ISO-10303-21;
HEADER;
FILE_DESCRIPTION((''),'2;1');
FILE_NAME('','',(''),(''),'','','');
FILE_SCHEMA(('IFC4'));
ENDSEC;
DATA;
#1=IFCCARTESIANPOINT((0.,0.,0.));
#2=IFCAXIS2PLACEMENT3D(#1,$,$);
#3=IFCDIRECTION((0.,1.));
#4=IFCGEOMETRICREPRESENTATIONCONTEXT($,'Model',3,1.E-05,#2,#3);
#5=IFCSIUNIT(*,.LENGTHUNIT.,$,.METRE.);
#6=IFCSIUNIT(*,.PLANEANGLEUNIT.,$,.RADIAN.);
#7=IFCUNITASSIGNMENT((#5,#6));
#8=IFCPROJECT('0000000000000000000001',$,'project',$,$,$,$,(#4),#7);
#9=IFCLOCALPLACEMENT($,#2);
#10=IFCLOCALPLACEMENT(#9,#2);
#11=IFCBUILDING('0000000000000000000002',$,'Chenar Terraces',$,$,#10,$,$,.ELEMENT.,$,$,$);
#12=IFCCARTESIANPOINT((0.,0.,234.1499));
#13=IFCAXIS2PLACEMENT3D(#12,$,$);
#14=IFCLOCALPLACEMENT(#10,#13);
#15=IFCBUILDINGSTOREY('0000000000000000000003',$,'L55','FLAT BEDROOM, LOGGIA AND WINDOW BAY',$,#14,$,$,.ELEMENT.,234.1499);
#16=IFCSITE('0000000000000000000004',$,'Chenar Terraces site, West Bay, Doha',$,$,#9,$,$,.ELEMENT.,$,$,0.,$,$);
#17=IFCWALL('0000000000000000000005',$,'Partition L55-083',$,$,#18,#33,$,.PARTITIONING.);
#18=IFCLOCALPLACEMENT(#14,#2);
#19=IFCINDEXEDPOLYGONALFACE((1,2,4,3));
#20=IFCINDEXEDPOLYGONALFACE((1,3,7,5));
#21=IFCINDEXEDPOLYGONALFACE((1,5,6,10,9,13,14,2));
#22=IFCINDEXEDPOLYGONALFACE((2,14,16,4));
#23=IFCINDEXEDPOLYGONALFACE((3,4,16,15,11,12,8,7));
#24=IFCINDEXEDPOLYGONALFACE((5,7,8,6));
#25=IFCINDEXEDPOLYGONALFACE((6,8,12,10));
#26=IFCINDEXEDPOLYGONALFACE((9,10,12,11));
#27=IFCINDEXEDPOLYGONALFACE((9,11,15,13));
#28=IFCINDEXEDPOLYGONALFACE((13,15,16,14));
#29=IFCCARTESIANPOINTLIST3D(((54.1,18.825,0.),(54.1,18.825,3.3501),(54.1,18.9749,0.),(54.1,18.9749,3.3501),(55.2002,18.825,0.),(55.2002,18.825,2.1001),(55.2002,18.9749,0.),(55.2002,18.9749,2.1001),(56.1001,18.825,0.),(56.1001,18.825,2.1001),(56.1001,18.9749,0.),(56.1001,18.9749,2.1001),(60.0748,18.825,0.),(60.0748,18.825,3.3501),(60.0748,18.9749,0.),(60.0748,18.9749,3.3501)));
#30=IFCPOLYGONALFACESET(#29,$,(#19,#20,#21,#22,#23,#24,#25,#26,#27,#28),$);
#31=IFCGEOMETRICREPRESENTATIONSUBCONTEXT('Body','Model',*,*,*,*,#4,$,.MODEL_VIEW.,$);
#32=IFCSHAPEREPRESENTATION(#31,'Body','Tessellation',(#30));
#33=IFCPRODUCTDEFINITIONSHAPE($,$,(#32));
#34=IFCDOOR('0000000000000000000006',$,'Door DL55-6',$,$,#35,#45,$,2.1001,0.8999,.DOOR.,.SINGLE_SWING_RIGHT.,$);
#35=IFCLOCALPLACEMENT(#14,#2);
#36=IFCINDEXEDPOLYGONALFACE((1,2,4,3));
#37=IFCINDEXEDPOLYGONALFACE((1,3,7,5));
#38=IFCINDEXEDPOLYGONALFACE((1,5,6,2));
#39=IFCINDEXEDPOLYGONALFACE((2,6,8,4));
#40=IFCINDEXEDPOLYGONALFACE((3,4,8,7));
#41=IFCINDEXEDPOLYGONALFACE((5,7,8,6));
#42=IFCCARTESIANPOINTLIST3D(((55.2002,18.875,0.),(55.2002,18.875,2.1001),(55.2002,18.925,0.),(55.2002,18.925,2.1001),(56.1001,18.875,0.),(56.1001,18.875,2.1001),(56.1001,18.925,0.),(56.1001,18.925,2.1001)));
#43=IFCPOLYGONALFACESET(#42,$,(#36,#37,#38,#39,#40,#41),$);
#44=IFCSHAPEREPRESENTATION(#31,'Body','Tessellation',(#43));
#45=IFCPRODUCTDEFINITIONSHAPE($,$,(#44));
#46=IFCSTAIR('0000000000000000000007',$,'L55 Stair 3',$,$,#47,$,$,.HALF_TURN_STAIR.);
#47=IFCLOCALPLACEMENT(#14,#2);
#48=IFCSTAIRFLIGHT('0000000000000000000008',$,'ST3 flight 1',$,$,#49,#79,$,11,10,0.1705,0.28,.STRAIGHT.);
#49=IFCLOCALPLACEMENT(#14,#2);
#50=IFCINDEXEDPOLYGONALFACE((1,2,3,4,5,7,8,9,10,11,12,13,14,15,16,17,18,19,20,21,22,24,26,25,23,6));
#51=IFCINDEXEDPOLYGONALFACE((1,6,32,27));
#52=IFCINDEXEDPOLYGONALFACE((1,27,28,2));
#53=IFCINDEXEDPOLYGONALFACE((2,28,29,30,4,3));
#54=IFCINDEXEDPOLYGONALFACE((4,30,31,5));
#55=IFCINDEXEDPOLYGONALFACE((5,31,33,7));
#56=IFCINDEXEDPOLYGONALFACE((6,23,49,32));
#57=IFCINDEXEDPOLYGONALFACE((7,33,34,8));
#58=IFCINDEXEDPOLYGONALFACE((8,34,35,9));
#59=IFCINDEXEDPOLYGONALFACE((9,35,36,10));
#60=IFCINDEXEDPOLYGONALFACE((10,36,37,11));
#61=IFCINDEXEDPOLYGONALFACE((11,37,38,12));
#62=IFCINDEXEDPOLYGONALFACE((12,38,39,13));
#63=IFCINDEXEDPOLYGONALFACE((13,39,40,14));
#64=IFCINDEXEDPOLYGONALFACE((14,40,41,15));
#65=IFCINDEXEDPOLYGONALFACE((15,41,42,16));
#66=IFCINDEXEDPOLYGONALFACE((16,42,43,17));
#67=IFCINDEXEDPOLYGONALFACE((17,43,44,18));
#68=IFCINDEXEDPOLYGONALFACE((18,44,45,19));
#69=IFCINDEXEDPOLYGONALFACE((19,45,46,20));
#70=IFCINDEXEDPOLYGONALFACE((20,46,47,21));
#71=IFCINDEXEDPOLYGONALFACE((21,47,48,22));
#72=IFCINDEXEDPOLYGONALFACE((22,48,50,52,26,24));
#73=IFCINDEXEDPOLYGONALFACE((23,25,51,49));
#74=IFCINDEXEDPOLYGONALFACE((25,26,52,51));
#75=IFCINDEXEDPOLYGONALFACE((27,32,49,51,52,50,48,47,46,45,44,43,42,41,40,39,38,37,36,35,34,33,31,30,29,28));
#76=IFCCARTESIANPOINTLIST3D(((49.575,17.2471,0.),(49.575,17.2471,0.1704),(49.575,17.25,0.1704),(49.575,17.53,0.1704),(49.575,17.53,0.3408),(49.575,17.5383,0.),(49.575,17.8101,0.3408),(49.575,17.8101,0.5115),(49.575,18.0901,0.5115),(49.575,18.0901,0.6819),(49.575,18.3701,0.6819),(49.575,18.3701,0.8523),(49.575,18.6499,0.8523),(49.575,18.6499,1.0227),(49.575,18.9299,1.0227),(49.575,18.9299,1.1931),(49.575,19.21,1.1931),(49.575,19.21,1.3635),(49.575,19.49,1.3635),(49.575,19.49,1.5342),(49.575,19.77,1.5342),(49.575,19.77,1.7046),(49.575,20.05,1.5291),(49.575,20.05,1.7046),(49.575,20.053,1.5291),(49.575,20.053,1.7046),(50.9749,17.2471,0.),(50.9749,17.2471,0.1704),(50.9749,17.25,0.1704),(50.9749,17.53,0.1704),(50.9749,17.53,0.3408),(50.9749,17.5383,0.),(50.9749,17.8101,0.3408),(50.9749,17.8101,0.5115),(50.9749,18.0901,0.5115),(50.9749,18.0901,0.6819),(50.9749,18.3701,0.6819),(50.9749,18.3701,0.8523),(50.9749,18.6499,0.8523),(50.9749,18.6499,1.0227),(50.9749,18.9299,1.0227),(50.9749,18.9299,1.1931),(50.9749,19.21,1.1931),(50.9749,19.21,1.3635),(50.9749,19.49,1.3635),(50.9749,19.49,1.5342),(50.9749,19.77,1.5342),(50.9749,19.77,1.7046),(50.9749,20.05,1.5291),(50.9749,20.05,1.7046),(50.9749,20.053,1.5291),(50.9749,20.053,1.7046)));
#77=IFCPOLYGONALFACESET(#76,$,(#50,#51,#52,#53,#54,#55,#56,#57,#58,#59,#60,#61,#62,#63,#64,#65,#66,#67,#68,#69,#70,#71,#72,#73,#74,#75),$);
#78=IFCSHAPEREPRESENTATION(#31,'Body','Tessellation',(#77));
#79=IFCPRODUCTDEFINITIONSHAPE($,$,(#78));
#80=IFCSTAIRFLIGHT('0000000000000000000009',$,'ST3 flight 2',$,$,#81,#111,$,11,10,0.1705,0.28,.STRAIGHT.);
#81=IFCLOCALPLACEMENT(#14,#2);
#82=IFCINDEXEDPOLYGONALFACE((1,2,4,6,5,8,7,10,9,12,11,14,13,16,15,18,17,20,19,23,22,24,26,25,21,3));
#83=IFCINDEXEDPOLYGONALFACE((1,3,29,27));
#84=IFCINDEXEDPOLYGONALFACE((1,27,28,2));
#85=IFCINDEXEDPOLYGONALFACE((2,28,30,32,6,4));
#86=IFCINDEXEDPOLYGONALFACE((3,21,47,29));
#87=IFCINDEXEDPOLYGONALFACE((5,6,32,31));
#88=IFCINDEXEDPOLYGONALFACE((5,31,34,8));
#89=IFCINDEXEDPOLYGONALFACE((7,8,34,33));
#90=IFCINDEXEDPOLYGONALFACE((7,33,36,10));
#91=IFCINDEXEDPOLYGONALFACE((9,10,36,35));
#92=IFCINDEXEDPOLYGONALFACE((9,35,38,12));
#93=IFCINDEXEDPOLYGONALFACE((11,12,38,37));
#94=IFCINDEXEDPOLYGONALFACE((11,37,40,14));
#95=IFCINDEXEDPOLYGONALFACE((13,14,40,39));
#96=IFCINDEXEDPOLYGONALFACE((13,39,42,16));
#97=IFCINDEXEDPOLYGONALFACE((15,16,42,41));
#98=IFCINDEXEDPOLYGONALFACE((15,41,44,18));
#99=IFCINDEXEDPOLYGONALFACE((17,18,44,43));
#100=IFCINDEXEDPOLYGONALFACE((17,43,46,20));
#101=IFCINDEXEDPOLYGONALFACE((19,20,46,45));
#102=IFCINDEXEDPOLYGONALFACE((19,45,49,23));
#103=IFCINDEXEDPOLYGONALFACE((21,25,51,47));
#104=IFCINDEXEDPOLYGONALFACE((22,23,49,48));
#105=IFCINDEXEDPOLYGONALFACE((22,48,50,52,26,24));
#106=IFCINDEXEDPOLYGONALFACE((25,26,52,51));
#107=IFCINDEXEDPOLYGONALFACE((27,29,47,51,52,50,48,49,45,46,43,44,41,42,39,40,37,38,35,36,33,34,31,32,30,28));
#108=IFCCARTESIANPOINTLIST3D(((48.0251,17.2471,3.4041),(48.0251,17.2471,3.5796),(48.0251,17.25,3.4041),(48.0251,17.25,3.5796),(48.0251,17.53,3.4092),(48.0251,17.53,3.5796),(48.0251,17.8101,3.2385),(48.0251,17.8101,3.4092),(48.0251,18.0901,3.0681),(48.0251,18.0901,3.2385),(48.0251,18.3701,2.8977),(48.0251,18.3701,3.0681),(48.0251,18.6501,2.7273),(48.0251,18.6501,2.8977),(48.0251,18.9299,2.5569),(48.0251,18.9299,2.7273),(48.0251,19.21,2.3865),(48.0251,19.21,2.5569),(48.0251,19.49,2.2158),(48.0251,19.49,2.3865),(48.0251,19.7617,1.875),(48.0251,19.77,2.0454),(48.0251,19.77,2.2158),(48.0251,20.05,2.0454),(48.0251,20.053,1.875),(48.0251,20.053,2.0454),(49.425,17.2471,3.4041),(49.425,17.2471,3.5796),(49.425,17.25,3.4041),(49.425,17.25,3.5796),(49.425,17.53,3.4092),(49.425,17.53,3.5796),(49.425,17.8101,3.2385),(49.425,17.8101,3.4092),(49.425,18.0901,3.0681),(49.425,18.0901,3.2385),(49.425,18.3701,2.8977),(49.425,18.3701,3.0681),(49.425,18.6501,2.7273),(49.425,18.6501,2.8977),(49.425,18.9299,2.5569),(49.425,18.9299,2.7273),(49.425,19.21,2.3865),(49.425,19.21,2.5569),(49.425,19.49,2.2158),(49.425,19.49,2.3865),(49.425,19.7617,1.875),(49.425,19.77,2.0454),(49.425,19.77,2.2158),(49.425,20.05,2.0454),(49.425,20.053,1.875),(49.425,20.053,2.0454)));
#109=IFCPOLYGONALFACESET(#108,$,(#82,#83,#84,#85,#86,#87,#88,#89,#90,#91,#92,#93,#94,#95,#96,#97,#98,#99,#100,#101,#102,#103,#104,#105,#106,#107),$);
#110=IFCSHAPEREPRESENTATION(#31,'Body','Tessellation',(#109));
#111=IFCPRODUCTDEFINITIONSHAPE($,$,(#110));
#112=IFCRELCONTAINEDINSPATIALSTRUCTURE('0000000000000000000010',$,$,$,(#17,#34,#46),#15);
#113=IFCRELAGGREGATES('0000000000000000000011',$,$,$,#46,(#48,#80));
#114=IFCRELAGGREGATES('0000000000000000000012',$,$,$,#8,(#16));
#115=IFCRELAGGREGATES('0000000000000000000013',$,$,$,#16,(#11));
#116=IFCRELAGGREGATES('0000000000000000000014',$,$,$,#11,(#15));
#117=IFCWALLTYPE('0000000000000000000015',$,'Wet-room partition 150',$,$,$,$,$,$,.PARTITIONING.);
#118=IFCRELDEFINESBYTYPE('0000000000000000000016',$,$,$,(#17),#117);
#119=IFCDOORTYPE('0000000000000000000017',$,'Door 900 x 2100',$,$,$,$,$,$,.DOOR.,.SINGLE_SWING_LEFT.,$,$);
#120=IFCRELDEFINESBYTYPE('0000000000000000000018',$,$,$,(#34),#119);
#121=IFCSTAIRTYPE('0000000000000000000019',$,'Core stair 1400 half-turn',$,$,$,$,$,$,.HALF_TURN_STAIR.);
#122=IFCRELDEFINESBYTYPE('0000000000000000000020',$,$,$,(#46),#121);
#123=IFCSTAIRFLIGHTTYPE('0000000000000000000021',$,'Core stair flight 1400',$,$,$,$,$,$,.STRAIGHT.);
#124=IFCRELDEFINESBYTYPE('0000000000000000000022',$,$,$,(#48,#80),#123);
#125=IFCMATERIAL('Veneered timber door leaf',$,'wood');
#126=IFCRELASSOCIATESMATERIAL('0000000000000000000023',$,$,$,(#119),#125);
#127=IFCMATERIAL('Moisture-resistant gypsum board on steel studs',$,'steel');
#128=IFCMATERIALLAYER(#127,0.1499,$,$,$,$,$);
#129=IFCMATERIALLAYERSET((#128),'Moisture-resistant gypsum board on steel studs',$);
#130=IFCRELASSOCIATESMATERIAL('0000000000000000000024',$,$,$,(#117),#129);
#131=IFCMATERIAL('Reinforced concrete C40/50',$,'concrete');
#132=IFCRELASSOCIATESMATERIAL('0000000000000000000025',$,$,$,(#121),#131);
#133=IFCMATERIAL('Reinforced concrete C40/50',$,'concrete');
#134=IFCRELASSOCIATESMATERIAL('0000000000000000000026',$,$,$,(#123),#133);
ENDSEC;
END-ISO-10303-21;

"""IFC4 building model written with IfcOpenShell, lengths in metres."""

from ifc_helpers import new_model, si_unit, direction, frame, frame_2d, origin, place, context, subcontext, project, spatial, polyline, rectangle, outline, extrude, material, layer, layer_set, type_object, element, fill, aggregate, save


model = new_model("IFC4")

# Units and contexts
model_context = context("Model", 3, precision=1e-05, world=origin(), true_north=direction((0.0, 1.0)))
body_context = subcontext(model_context, "Body", "Model", "MODEL_VIEW")
ifc_project = project(units=[si_unit("LENGTHUNIT", "METRE"), si_unit("PLANEANGLEUNIT", "RADIAN")], contexts=[model_context])

# Site, building, storey
site_placement = place(None, origin())
site = spatial("IfcSite", under=ifc_project, at=site_placement, Name="Chenar Terraces site, West Bay, Doha", CompositionType="ELEMENT", RefElevation=0.0)
building_placement = place(site_placement, origin())
building = spatial("IfcBuilding", under=site, at=building_placement, Name="Chenar Terraces", CompositionType="ELEMENT")
storey_placement = place(building_placement, frame((0.0, 0.0, 234.1499)))
storey = spatial("IfcBuildingStorey", under=building, at=storey_placement, Name="L55", Description="FLAT BEDROOM, LOGGIA AND WINDOW BAY", CompositionType="ELEMENT", Elevation=234.1499)

# Shared definitions
ifc_material_1 = material(Name="Veneered timber door leaf", Category="wood")
door_type_1 = type_object("IfcDoorType", Name="Door 900 x 2100", OperationType="SINGLE_SWING_LEFT", PredefinedType="DOOR", material=ifc_material_1)

# Wall, opening, door
ifc_material_2 = material(Name="Moisture-resistant gypsum board on steel studs", Category="steel")
ifc_layer_1 = layer(ifc_material_2, 0.1499)
ifc_layer_set_1 = layer_set([ifc_layer_1], Name="Moisture-resistant gypsum board on steel studs")
wall_type_1 = type_object("IfcWallType", Name="Wet-room partition 150", PredefinedType="PARTITIONING", material=ifc_layer_set_1)
wall_1_placement = place(storey_placement, frame((54.1001, 18.8999, 0.0), z_axis=(0.0, 0.0, 1.0), x_axis=(1.0, 0.0, 0.0)))
wall_1 = element("IfcWall", 1, at=wall_1_placement, inside=storey, type_object=wall_type_1, Name="Partition L55-083", PredefinedType="PARTITIONING", context=body_context, shape_type="SweptSolid", body=[
    extrude(rectangle(XDim=5.9749, YDim=0.1499, at=frame_2d((2.9873, 0.0))), origin(), (0.0, 0.0, 1.0), 3.3501),
])
opening_1_placement = place(wall_1_placement, frame((1.1001, 0.0, 0.0)))
opening_1 = element("IfcOpeningElement", 2, at=opening_1_placement, cuts=wall_1, PredefinedType="OPENING", context=body_context, shape_type="SweptSolid", body=[
    extrude(rectangle(XDim=0.8999, YDim=2.1001, at=frame_2d((0.45, 1.05))), frame((0.0, 0.085, 0.0), z_axis=(0.0, -1.0, 0.0), x_axis=(1.0, 0.0, 0.0)), (0.0, 0.0, 1.0), 0.1699),
])
door_1_placement = place(opening_1_placement, frame((0.8999, 0.0, 0.0), z_axis=(0.0, 0.0, 1.0), x_axis=(-1.0, 0.0, 0.0)))
door_1 = element("IfcDoor", 3, at=door_1_placement, inside=storey, type_object=door_type_1, Name="Door DL55-6", OperationType="SINGLE_SWING_RIGHT", OverallHeight=2.1001, OverallWidth=0.8999, PredefinedType="DOOR", context=body_context, shape_type="SweptSolid", body=[
    extrude(rectangle(XDim=0.8999, YDim=2.1001, at=frame_2d((0.45, 1.05))), frame((0.0, 0.0249, 0.0), z_axis=(0.0, -1.0, 0.0), x_axis=(1.0, 0.0, 0.0)), (0.0, 0.0, 1.0), 0.05),
])
fill(opening_1, door_1)

# Stair, stair flights
ifc_material_3 = material(Name="Reinforced concrete C40/50", Category="concrete")
stair_type = type_object("IfcStairType", Name="Core stair 1400 half-turn", PredefinedType="HALF_TURN_STAIR", material=ifc_material_3)
stair_placement = place(storey_placement, origin())
stair = element("IfcStair", 4, at=stair_placement, inside=storey, type_object=stair_type, Name="L55 Stair 3", PredefinedType="HALF_TURN_STAIR")
ifc_material_4 = material(Name="Reinforced concrete C40/50", Category="concrete")
stair_flight_type = type_object("IfcStairFlightType", Name="Core stair flight 1400", PredefinedType="STRAIGHT", material=ifc_material_4)
stair_flight_1_placement = place(storey_placement, frame((50.2749, 17.25, 0.0), z_axis=(0.0, 0.0, 1.0), x_axis=(0.0, 1.0, 0.0)))
stair_flight_1 = element("IfcStairFlight", 5, at=stair_flight_1_placement, type_object=stair_flight_type, Name="ST3 flight 1", NumberOfRisers=11, NumberOfTreads=10, PredefinedType="STRAIGHT", RiserHeight=0.1705, TreadLength=0.28, context=body_context, shape_type="SweptSolid", body=[
    extrude(outline(polyline([(-0.0029, 0.0), (-0.0029, 0.1704), (0.0, 0.1704), (0.28, 0.1704), (0.28, 0.3408), (0.5601, 0.3408), (0.5601, 0.5115), (0.8401, 0.5115), (0.8401, 0.6819), (1.1201, 0.6819), (1.1201, 0.8523), (1.3999, 0.8523), (1.3999, 1.0227), (1.6799, 1.0227), (1.6799, 1.1931), (1.96, 1.1931), (1.96, 1.3635), (2.24, 1.3635), (2.24, 1.5342), (2.52, 1.5342), (2.52, 1.7046), (2.8, 1.7046), (2.803, 1.7046), (2.803, 1.5291), (2.8, 1.5291), (0.2883, 0.0), (-0.0029, 0.0)])), frame((0.0, 0.7, 0.0), z_axis=(0.0, -1.0, 0.0), x_axis=(1.0, 0.0, 0.0)), (0.0, 0.0, 1.0), 1.3999),
])
stair_flight_2_placement = place(storey_placement, frame((48.7251, 20.05, 1.875), z_axis=(0.0, 0.0, 1.0), x_axis=(0.0, -1.0, 0.0)))
stair_flight_2 = element("IfcStairFlight", 6, at=stair_flight_2_placement, type_object=stair_flight_type, Name="ST3 flight 2", NumberOfRisers=11, NumberOfTreads=10, PredefinedType="STRAIGHT", RiserHeight=0.1705, TreadLength=0.28, context=body_context, shape_type="SweptSolid", body=[
    extrude(outline(polyline([(-0.0029, 0.0), (-0.0029, 0.1704), (0.0, 0.1704), (0.28, 0.1704), (0.28, 0.3408), (0.5601, 0.3408), (0.5601, 0.5115), (0.8401, 0.5115), (0.8401, 0.6819), (1.1201, 0.6819), (1.1201, 0.8523), (1.3999, 0.8523), (1.3999, 1.0227), (1.6799, 1.0227), (1.6799, 1.1931), (1.96, 1.1931), (1.96, 1.3635), (2.24, 1.3635), (2.24, 1.5342), (2.52, 1.5342), (2.52, 1.7046), (2.8, 1.7046), (2.803, 1.7046), (2.803, 1.5291), (2.8, 1.5291), (0.2883, 0.0), (-0.0029, 0.0)])), frame((0.0, 0.7, 0.0), z_axis=(0.0, -1.0, 0.0), x_axis=(1.0, 0.0, 0.0)), (0.0, 0.0, 1.0), 1.3999),
])
aggregate(stair, [stair_flight_1, stair_flight_2])

save(model, "model.ifc")
